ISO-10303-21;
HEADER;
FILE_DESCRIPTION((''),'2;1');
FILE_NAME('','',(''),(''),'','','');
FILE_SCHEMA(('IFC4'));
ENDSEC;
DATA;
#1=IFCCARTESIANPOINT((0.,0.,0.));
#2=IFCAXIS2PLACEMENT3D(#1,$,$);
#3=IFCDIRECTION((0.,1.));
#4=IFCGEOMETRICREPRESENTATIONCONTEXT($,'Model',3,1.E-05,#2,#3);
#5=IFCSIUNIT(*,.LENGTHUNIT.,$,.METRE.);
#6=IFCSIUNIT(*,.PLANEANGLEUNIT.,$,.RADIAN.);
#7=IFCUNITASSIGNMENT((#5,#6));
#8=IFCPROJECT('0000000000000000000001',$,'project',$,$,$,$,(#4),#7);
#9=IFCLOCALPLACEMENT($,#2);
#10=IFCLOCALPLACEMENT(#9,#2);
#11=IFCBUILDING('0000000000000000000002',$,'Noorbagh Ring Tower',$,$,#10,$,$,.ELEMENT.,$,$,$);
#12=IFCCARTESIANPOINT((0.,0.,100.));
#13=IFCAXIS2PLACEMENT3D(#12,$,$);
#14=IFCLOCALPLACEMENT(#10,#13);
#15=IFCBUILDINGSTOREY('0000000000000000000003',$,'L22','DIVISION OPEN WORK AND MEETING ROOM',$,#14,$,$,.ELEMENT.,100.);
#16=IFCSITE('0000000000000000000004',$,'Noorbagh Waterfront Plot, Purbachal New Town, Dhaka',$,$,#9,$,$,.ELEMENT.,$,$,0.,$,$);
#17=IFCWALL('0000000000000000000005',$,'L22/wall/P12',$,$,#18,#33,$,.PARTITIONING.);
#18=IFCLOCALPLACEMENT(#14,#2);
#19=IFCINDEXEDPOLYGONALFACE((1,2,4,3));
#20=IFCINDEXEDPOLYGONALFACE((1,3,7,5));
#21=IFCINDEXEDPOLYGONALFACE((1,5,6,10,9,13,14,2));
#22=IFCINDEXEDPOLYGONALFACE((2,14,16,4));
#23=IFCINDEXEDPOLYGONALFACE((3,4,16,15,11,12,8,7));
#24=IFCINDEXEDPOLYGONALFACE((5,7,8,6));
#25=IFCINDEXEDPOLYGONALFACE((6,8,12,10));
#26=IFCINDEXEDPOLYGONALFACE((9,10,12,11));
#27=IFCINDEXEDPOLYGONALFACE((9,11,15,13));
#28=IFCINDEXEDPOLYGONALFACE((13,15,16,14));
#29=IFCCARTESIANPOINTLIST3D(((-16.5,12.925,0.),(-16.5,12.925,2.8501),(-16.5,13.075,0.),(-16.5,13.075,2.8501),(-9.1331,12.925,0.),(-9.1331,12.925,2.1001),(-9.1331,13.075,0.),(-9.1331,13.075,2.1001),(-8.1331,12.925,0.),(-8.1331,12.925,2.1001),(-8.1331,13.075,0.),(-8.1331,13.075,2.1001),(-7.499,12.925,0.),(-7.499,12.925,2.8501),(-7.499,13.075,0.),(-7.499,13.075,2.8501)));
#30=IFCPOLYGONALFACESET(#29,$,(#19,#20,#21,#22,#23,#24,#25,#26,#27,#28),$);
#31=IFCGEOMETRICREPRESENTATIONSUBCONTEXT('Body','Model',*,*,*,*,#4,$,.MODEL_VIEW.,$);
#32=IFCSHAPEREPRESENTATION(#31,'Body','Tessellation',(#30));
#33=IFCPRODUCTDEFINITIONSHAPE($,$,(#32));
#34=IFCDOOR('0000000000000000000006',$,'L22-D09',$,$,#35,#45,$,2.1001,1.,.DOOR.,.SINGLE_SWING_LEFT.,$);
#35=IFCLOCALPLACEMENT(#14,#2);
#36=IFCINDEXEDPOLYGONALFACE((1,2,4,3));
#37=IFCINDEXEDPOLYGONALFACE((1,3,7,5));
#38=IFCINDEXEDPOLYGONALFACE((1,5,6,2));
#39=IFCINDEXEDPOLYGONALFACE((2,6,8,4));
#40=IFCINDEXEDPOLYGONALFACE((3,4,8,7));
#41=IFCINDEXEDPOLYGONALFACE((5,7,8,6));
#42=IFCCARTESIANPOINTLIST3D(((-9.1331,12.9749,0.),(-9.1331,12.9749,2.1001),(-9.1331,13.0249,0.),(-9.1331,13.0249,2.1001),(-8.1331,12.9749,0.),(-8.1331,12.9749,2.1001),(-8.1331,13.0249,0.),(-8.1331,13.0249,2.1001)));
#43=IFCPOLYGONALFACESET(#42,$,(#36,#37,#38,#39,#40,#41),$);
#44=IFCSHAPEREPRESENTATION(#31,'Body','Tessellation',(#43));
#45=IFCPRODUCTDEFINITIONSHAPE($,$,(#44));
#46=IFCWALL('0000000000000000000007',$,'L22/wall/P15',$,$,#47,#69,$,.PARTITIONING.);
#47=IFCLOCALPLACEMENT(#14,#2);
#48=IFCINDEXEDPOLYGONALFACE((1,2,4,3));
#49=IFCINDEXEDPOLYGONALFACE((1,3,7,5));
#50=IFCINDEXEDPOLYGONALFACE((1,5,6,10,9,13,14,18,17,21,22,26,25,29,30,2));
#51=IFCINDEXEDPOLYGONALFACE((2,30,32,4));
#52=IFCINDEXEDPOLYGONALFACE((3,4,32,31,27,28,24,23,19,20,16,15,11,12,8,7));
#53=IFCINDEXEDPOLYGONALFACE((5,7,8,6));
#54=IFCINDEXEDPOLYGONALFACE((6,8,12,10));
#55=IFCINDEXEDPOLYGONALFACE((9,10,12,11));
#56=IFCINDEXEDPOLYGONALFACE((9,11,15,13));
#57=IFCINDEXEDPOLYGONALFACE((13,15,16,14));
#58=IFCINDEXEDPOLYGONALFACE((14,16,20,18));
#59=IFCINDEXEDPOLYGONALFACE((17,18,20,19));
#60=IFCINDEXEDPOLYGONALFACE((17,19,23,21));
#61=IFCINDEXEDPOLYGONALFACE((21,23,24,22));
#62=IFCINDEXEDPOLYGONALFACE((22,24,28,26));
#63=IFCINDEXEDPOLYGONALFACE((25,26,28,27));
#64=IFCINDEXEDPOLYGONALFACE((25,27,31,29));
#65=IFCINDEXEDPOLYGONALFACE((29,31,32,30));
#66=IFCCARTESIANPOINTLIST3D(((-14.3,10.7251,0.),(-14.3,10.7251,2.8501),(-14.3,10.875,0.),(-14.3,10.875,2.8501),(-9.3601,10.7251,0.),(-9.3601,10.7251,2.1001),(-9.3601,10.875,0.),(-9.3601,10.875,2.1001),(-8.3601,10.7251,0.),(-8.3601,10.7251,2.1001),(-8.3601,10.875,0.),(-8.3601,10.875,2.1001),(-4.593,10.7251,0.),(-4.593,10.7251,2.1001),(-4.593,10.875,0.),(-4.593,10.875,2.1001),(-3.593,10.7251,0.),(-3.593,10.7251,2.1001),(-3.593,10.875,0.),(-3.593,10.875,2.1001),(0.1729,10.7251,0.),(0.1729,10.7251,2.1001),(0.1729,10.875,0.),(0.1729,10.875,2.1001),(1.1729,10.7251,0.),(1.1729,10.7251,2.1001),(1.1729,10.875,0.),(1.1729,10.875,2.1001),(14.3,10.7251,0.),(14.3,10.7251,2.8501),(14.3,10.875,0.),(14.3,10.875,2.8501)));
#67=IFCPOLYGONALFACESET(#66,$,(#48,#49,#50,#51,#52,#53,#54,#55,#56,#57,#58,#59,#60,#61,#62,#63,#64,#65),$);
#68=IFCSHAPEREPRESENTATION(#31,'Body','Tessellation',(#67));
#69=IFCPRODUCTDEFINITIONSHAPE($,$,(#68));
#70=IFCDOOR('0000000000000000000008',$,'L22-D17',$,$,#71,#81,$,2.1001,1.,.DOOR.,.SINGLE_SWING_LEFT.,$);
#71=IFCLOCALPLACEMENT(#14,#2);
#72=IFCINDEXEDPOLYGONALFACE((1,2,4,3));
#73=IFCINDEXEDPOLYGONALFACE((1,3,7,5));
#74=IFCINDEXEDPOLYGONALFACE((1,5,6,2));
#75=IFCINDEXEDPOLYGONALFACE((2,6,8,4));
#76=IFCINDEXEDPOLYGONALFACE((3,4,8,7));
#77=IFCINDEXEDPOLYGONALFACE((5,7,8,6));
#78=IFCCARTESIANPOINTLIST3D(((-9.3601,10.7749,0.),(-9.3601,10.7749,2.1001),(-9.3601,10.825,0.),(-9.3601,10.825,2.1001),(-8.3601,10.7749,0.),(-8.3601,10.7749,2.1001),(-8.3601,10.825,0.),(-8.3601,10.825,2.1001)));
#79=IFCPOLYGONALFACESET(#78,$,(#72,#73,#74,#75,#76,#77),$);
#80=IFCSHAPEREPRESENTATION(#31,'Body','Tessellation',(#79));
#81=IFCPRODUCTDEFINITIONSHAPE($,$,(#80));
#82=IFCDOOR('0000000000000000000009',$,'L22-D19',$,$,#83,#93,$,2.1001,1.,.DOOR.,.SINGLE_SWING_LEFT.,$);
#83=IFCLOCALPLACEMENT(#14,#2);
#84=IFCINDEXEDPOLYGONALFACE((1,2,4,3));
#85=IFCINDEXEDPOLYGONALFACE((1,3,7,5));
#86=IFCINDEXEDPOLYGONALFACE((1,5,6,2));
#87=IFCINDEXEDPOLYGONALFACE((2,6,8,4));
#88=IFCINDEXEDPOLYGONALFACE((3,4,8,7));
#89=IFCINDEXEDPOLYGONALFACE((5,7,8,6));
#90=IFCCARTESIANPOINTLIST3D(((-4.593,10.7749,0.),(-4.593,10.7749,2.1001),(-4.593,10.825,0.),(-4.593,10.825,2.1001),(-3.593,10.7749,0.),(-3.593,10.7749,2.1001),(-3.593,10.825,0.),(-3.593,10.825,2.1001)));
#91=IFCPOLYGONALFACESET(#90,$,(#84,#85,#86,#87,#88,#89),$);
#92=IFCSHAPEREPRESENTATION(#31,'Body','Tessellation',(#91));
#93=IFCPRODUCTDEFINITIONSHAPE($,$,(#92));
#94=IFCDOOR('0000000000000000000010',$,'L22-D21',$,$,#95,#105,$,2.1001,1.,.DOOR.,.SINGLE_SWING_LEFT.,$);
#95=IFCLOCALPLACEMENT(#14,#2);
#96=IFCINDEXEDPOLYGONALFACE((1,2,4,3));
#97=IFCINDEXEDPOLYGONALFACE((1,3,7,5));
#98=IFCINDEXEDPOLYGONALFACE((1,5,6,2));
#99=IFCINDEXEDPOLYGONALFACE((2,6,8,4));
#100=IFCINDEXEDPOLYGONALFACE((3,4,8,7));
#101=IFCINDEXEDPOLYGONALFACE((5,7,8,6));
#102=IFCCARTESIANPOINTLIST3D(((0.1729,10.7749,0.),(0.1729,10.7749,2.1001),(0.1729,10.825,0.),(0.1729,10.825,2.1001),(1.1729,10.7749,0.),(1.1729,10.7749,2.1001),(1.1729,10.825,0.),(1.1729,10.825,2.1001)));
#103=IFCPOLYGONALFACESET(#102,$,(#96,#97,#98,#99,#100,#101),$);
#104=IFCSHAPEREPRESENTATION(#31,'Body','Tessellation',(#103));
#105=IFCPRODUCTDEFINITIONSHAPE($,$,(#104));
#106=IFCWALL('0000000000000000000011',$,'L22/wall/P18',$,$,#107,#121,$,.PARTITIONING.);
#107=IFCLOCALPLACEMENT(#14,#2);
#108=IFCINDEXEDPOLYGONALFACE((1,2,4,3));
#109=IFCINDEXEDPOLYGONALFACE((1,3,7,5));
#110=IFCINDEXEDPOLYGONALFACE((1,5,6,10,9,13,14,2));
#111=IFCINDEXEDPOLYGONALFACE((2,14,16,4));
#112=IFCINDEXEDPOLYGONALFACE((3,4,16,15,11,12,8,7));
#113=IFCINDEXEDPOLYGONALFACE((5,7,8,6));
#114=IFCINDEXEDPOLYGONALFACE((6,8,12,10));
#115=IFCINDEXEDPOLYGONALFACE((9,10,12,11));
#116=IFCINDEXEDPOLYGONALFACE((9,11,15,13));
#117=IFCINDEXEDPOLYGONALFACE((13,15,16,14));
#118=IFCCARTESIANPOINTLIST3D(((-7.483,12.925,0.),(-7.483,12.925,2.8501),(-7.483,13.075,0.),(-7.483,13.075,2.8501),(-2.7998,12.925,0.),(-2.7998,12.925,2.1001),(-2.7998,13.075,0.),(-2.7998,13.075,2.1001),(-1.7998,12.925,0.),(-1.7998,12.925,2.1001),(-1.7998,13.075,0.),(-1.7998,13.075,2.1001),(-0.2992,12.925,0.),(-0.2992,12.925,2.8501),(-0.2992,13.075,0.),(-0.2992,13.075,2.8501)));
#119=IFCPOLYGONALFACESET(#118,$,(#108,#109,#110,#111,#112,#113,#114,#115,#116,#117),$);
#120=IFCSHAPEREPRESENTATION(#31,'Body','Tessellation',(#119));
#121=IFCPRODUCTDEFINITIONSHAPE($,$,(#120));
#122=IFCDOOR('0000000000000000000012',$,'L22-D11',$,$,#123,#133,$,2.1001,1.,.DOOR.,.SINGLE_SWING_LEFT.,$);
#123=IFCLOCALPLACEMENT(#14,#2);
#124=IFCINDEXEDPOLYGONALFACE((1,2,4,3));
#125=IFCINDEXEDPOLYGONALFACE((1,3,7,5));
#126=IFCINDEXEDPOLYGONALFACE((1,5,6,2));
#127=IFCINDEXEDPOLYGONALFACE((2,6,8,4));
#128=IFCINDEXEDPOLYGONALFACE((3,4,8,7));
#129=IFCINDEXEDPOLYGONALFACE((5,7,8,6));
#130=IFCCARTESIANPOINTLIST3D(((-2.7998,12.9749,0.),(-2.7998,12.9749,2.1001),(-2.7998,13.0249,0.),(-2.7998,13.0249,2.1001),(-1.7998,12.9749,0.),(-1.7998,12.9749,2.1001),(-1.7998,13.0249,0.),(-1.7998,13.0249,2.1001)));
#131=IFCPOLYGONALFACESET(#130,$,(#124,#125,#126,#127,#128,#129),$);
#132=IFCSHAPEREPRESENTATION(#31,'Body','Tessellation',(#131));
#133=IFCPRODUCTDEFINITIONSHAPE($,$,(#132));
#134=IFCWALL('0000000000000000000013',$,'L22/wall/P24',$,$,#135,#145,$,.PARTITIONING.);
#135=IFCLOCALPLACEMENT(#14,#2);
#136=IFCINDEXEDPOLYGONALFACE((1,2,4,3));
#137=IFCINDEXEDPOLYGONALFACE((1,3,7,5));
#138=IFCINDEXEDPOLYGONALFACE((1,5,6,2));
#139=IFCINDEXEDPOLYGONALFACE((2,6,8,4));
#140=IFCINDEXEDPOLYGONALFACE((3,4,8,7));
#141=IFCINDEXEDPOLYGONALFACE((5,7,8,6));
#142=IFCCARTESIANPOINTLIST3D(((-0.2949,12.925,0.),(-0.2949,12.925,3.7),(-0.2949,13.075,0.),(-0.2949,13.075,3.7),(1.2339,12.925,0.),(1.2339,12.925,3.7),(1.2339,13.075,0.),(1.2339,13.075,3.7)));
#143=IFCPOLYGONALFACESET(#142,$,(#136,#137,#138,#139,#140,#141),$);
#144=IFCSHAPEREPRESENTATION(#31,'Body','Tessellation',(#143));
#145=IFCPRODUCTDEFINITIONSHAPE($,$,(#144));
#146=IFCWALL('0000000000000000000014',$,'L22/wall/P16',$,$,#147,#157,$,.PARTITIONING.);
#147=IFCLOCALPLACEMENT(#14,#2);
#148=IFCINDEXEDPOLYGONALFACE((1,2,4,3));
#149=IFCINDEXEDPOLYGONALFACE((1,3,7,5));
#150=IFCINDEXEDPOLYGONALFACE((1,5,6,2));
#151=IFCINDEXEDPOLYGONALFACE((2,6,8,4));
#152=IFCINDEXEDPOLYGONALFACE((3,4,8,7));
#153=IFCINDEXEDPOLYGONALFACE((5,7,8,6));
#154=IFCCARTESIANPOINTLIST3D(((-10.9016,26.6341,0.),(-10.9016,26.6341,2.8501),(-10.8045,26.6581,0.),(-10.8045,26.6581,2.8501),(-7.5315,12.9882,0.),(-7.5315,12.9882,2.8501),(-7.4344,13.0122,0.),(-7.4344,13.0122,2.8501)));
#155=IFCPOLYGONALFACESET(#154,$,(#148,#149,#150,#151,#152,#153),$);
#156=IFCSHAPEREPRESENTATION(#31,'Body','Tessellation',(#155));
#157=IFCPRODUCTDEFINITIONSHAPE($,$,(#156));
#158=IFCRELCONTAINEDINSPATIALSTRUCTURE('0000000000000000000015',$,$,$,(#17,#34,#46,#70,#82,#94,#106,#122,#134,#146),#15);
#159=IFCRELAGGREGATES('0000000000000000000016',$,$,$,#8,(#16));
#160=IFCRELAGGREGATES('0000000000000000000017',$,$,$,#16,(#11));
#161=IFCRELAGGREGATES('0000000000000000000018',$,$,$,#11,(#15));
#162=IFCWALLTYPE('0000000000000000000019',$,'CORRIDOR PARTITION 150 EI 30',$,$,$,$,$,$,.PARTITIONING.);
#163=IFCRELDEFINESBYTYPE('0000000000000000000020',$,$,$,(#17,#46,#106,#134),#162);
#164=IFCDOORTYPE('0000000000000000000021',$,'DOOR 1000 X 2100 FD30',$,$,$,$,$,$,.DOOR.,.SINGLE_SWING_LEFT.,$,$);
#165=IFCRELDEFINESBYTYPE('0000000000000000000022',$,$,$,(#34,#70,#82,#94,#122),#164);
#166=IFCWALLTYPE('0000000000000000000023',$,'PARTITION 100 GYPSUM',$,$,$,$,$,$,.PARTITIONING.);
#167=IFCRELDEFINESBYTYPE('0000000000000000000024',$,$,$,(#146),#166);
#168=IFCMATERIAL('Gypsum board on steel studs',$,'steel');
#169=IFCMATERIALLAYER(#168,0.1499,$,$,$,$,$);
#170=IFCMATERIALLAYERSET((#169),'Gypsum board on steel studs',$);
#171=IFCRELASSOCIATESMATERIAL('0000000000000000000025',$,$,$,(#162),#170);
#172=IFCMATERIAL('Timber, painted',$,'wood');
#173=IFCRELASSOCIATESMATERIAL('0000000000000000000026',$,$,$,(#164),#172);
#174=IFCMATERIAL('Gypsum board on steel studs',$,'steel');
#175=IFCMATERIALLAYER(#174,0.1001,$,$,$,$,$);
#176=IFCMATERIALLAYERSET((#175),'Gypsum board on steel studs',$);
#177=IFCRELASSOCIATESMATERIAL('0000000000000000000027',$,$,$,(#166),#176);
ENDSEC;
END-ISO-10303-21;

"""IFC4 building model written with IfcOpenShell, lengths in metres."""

from ifc_helpers import new_model, si_unit, direction, frame, frame_2d, origin, place, context, subcontext, project, spatial, rectangle, extrude, material, layer, layer_set, type_object, element, fill, save


model = new_model("IFC4")

# Units and contexts
model_context = context("Model", 3, precision=1e-05, world=origin(), true_north=direction((0.0, 1.0)))
body_context = subcontext(model_context, "Body", "Model", "MODEL_VIEW")
ifc_project = project(units=[si_unit("LENGTHUNIT", "METRE"), si_unit("PLANEANGLEUNIT", "RADIAN")], contexts=[model_context])

# Site, building, storey
site_placement = place(None, origin())
site = spatial("IfcSite", under=ifc_project, at=site_placement, Name="Noorbagh Waterfront Plot, Purbachal New Town, Dhaka", CompositionType="ELEMENT", RefElevation=0.0)
building_placement = place(site_placement, origin())
building = spatial("IfcBuilding", under=site, at=building_placement, Name="Noorbagh Ring Tower", CompositionType="ELEMENT")
storey_placement = place(building_placement, frame((0.0, 0.0, 100.0)))
storey = spatial("IfcBuildingStorey", under=building, at=storey_placement, Name="L22", Description="DIVISION OPEN WORK AND MEETING ROOM", CompositionType="ELEMENT", Elevation=100.0)

# Shared definitions
ifc_material_1 = material(Name="Gypsum board on steel studs", Category="steel")
ifc_layer_1 = layer(ifc_material_1, 0.1499)
ifc_layer_set_1 = layer_set([ifc_layer_1], Name="Gypsum board on steel studs")
wall_type_1 = type_object("IfcWallType", Name="CORRIDOR PARTITION 150 EI 30", PredefinedType="PARTITIONING", material=ifc_layer_set_1)

# Wall, opening, door
wall_1_placement = place(storey_placement, frame((-16.5, 13.0, 0.0), z_axis=(0.0, 0.0, 1.0), x_axis=(1.0, 0.0, 0.0)))
wall_1 = element("IfcWall", 1, at=wall_1_placement, inside=storey, type_object=wall_type_1, Name="L22/wall/P12", PredefinedType="PARTITIONING", context=body_context, shape_type="SweptSolid", body=[
    extrude(rectangle(XDim=9.001, YDim=0.1499, at=frame_2d((4.5005, 0.0))), origin(), (0.0, 0.0, 1.0), 2.8501),
])
opening_1_placement = place(wall_1_placement, frame((7.3669, 0.0, 0.0)))
opening_1 = element("IfcOpeningElement", 2, at=opening_1_placement, cuts=wall_1, PredefinedType="OPENING", context=body_context, shape_type="SweptSolid", body=[
    extrude(rectangle(XDim=1.0, YDim=2.1001, at=frame_2d((0.5, 1.05))), frame((0.0, 0.085, 0.0), z_axis=(0.0, -1.0, 0.0), x_axis=(1.0, 0.0, 0.0)), (0.0, 0.0, 1.0), 0.1699),
])
ifc_material_2 = material(Name="Timber, painted", Category="wood")
door_type = type_object("IfcDoorType", Name="DOOR 1000 X 2100 FD30", OperationType="SINGLE_SWING_LEFT", PredefinedType="DOOR", material=ifc_material_2)
door_1_placement = place(opening_1_placement, origin())
door_1 = element("IfcDoor", 3, at=door_1_placement, inside=storey, type_object=door_type, Name="L22-D09", OperationType="SINGLE_SWING_LEFT", OverallHeight=2.1001, OverallWidth=1.0, PredefinedType="DOOR", context=body_context, shape_type="SweptSolid", body=[
    extrude(rectangle(XDim=1.0, YDim=2.1001, at=frame_2d((0.5, 1.05))), frame((0.0, 0.0249, 0.0), z_axis=(0.0, -1.0, 0.0), x_axis=(1.0, 0.0, 0.0)), (0.0, 0.0, 1.0), 0.05),
])
fill(opening_1, door_1)

# Wall, openings, doors
wall_2_placement = place(storey_placement, frame((-14.3, 10.8, 0.0), z_axis=(0.0, 0.0, 1.0), x_axis=(1.0, 0.0, 0.0)))
wall_2 = element("IfcWall", 4, at=wall_2_placement, inside=storey, type_object=wall_type_1, Name="L22/wall/P15", PredefinedType="PARTITIONING", context=body_context, shape_type="SweptSolid", body=[
    extrude(rectangle(XDim=28.6001, YDim=0.1499, at=frame_2d((14.3, 0.0))), origin(), (0.0, 0.0, 1.0), 2.8501),
])
opening_2_placement = place(wall_2_placement, frame((4.9399, 0.0, 0.0)))
opening_2 = element("IfcOpeningElement", 5, at=opening_2_placement, cuts=wall_2, PredefinedType="OPENING", context=body_context, shape_type="SweptSolid", body=[
    extrude(rectangle(XDim=1.0, YDim=2.1001, at=frame_2d((0.5, 1.05))), frame((0.0, 0.085, 0.0), z_axis=(0.0, -1.0, 0.0), x_axis=(1.0, 0.0, 0.0)), (0.0, 0.0, 1.0), 0.1699),
])
opening_3_placement = place(wall_2_placement, frame((9.707, 0.0, 0.0)))
opening_3 = element("IfcOpeningElement", 6, at=opening_3_placement, cuts=wall_2, PredefinedType="OPENING", context=body_context, shape_type="SweptSolid", body=[
    extrude(rectangle(XDim=1.0, YDim=2.1001, at=frame_2d((0.5, 1.05))), frame((0.0, 0.085, 0.0), z_axis=(0.0, -1.0, 0.0), x_axis=(1.0, 0.0, 0.0)), (0.0, 0.0, 1.0), 0.1699),
])
opening_4_placement = place(wall_2_placement, frame((14.4729, 0.0, 0.0)))
opening_4 = element("IfcOpeningElement", 7, at=opening_4_placement, cuts=wall_2, PredefinedType="OPENING", context=body_context, shape_type="SweptSolid", body=[
    extrude(rectangle(XDim=1.0, YDim=2.1001, at=frame_2d((0.5, 1.05))), frame((0.0, 0.085, 0.0), z_axis=(0.0, -1.0, 0.0), x_axis=(1.0, 0.0, 0.0)), (0.0, 0.0, 1.0), 0.1699),
])
door_2_placement = place(opening_2_placement, origin())
door_2 = element("IfcDoor", 8, at=door_2_placement, inside=storey, type_object=door_type, Name="L22-D17", OperationType="SINGLE_SWING_LEFT", OverallHeight=2.1001, OverallWidth=1.0, PredefinedType="DOOR", context=body_context, shape_type="SweptSolid", body=[
    extrude(rectangle(XDim=1.0, YDim=2.1001, at=frame_2d((0.5, 1.05))), frame((0.0, 0.0249, 0.0), z_axis=(0.0, -1.0, 0.0), x_axis=(1.0, 0.0, 0.0)), (0.0, 0.0, 1.0), 0.05),
])
fill(opening_2, door_2)
door_3_placement = place(opening_3_placement, origin())
door_3 = element("IfcDoor", 9, at=door_3_placement, inside=storey, type_object=door_type, Name="L22-D19", OperationType="SINGLE_SWING_LEFT", OverallHeight=2.1001, OverallWidth=1.0, PredefinedType="DOOR", context=body_context, shape_type="SweptSolid", body=[
    extrude(rectangle(XDim=1.0, YDim=2.1001, at=frame_2d((0.5, 1.05))), frame((0.0, 0.0249, 0.0), z_axis=(0.0, -1.0, 0.0), x_axis=(1.0, 0.0, 0.0)), (0.0, 0.0, 1.0), 0.05),
])
fill(opening_3, door_3)
door_4_placement = place(opening_4_placement, origin())
door_4 = element("IfcDoor", 10, at=door_4_placement, inside=storey, type_object=door_type, Name="L22-D21", OperationType="SINGLE_SWING_LEFT", OverallHeight=2.1001, OverallWidth=1.0, PredefinedType="DOOR", context=body_context, shape_type="SweptSolid", body=[
    extrude(rectangle(XDim=1.0, YDim=2.1001, at=frame_2d((0.5, 1.05))), frame((0.0, 0.0249, 0.0), z_axis=(0.0, -1.0, 0.0), x_axis=(1.0, 0.0, 0.0)), (0.0, 0.0, 1.0), 0.05),
])
fill(opening_4, door_4)

# Wall, opening, door
wall_3_placement = place(storey_placement, frame((-7.4829, 13.0, 0.0), z_axis=(0.0, 0.0, 1.0), x_axis=(1.0, 0.0, 0.0)))
wall_3 = element("IfcWall", 11, at=wall_3_placement, inside=storey, type_object=wall_type_1, Name="L22/wall/P18", PredefinedType="PARTITIONING", context=body_context, shape_type="SweptSolid", body=[
    extrude(rectangle(XDim=7.1838, YDim=0.1499, at=frame_2d((3.5918, 0.0))), origin(), (0.0, 0.0, 1.0), 2.8501),
])
opening_5_placement = place(wall_3_placement, frame((4.6831, 0.0, 0.0)))
opening_5 = element("IfcOpeningElement", 12, at=opening_5_placement, cuts=wall_3, PredefinedType="OPENING", context=body_context, shape_type="SweptSolid", body=[
    extrude(rectangle(XDim=1.0, YDim=2.1001, at=frame_2d((0.5, 1.05))), frame((0.0, 0.085, 0.0), z_axis=(0.0, -1.0, 0.0), x_axis=(1.0, 0.0, 0.0)), (0.0, 0.0, 1.0), 0.1699),
])
door_5_placement = place(opening_5_placement, origin())
door_5 = element("IfcDoor", 13, at=door_5_placement, inside=storey, type_object=door_type, Name="L22-D11", OperationType="SINGLE_SWING_LEFT", OverallHeight=2.1001, OverallWidth=1.0, PredefinedType="DOOR", context=body_context, shape_type="SweptSolid", body=[
    extrude(rectangle(XDim=1.0, YDim=2.1001, at=frame_2d((0.5, 1.05))), frame((0.0, 0.0249, 0.0), z_axis=(0.0, -1.0, 0.0), x_axis=(1.0, 0.0, 0.0)), (0.0, 0.0, 1.0), 0.05),
])
fill(opening_5, door_5)

# Walls
wall_4_placement = place(storey_placement, frame((-0.2949, 13.0, 0.0), z_axis=(0.0, 0.0, 1.0), x_axis=(1.0, 0.0, 0.0)))
element("IfcWall", 14, at=wall_4_placement, inside=storey, type_object=wall_type_1, Name="L22/wall/P24", PredefinedType="PARTITIONING", context=body_context, shape_type="SweptSolid", body=[
    extrude(rectangle(XDim=1.5288, YDim=0.1499, at=frame_2d((0.7644, 0.0))), origin(), (0.0, 0.0, 1.0), 3.7),
])
ifc_material_3 = material(Name="Gypsum board on steel studs", Category="steel")
ifc_layer_2 = layer(ifc_material_3, 0.1001)
ifc_layer_set_2 = layer_set([ifc_layer_2], Name="Gypsum board on steel studs")
wall_type_2 = type_object("IfcWallType", Name="PARTITION 100 GYPSUM", PredefinedType="PARTITIONING", material=ifc_layer_set_2)
wall_5_placement = place(storey_placement, frame((-10.853, 26.646, 0.0), z_axis=(0.0, 0.0, 1.0), x_axis=(0.239764, -0.970831, 0.0)))
element("IfcWall", 15, at=wall_5_placement, inside=storey, type_object=wall_type_2, Name="L22/wall/P16", PredefinedType="PARTITIONING", context=body_context, shape_type="SweptSolid", body=[
    extrude(rectangle(XDim=14.0559, YDim=0.1001, at=frame_2d((7.0278, 0.0))), origin(), (0.0, 0.0, 1.0), 2.8501),
])

save(model, "model.ifc")
